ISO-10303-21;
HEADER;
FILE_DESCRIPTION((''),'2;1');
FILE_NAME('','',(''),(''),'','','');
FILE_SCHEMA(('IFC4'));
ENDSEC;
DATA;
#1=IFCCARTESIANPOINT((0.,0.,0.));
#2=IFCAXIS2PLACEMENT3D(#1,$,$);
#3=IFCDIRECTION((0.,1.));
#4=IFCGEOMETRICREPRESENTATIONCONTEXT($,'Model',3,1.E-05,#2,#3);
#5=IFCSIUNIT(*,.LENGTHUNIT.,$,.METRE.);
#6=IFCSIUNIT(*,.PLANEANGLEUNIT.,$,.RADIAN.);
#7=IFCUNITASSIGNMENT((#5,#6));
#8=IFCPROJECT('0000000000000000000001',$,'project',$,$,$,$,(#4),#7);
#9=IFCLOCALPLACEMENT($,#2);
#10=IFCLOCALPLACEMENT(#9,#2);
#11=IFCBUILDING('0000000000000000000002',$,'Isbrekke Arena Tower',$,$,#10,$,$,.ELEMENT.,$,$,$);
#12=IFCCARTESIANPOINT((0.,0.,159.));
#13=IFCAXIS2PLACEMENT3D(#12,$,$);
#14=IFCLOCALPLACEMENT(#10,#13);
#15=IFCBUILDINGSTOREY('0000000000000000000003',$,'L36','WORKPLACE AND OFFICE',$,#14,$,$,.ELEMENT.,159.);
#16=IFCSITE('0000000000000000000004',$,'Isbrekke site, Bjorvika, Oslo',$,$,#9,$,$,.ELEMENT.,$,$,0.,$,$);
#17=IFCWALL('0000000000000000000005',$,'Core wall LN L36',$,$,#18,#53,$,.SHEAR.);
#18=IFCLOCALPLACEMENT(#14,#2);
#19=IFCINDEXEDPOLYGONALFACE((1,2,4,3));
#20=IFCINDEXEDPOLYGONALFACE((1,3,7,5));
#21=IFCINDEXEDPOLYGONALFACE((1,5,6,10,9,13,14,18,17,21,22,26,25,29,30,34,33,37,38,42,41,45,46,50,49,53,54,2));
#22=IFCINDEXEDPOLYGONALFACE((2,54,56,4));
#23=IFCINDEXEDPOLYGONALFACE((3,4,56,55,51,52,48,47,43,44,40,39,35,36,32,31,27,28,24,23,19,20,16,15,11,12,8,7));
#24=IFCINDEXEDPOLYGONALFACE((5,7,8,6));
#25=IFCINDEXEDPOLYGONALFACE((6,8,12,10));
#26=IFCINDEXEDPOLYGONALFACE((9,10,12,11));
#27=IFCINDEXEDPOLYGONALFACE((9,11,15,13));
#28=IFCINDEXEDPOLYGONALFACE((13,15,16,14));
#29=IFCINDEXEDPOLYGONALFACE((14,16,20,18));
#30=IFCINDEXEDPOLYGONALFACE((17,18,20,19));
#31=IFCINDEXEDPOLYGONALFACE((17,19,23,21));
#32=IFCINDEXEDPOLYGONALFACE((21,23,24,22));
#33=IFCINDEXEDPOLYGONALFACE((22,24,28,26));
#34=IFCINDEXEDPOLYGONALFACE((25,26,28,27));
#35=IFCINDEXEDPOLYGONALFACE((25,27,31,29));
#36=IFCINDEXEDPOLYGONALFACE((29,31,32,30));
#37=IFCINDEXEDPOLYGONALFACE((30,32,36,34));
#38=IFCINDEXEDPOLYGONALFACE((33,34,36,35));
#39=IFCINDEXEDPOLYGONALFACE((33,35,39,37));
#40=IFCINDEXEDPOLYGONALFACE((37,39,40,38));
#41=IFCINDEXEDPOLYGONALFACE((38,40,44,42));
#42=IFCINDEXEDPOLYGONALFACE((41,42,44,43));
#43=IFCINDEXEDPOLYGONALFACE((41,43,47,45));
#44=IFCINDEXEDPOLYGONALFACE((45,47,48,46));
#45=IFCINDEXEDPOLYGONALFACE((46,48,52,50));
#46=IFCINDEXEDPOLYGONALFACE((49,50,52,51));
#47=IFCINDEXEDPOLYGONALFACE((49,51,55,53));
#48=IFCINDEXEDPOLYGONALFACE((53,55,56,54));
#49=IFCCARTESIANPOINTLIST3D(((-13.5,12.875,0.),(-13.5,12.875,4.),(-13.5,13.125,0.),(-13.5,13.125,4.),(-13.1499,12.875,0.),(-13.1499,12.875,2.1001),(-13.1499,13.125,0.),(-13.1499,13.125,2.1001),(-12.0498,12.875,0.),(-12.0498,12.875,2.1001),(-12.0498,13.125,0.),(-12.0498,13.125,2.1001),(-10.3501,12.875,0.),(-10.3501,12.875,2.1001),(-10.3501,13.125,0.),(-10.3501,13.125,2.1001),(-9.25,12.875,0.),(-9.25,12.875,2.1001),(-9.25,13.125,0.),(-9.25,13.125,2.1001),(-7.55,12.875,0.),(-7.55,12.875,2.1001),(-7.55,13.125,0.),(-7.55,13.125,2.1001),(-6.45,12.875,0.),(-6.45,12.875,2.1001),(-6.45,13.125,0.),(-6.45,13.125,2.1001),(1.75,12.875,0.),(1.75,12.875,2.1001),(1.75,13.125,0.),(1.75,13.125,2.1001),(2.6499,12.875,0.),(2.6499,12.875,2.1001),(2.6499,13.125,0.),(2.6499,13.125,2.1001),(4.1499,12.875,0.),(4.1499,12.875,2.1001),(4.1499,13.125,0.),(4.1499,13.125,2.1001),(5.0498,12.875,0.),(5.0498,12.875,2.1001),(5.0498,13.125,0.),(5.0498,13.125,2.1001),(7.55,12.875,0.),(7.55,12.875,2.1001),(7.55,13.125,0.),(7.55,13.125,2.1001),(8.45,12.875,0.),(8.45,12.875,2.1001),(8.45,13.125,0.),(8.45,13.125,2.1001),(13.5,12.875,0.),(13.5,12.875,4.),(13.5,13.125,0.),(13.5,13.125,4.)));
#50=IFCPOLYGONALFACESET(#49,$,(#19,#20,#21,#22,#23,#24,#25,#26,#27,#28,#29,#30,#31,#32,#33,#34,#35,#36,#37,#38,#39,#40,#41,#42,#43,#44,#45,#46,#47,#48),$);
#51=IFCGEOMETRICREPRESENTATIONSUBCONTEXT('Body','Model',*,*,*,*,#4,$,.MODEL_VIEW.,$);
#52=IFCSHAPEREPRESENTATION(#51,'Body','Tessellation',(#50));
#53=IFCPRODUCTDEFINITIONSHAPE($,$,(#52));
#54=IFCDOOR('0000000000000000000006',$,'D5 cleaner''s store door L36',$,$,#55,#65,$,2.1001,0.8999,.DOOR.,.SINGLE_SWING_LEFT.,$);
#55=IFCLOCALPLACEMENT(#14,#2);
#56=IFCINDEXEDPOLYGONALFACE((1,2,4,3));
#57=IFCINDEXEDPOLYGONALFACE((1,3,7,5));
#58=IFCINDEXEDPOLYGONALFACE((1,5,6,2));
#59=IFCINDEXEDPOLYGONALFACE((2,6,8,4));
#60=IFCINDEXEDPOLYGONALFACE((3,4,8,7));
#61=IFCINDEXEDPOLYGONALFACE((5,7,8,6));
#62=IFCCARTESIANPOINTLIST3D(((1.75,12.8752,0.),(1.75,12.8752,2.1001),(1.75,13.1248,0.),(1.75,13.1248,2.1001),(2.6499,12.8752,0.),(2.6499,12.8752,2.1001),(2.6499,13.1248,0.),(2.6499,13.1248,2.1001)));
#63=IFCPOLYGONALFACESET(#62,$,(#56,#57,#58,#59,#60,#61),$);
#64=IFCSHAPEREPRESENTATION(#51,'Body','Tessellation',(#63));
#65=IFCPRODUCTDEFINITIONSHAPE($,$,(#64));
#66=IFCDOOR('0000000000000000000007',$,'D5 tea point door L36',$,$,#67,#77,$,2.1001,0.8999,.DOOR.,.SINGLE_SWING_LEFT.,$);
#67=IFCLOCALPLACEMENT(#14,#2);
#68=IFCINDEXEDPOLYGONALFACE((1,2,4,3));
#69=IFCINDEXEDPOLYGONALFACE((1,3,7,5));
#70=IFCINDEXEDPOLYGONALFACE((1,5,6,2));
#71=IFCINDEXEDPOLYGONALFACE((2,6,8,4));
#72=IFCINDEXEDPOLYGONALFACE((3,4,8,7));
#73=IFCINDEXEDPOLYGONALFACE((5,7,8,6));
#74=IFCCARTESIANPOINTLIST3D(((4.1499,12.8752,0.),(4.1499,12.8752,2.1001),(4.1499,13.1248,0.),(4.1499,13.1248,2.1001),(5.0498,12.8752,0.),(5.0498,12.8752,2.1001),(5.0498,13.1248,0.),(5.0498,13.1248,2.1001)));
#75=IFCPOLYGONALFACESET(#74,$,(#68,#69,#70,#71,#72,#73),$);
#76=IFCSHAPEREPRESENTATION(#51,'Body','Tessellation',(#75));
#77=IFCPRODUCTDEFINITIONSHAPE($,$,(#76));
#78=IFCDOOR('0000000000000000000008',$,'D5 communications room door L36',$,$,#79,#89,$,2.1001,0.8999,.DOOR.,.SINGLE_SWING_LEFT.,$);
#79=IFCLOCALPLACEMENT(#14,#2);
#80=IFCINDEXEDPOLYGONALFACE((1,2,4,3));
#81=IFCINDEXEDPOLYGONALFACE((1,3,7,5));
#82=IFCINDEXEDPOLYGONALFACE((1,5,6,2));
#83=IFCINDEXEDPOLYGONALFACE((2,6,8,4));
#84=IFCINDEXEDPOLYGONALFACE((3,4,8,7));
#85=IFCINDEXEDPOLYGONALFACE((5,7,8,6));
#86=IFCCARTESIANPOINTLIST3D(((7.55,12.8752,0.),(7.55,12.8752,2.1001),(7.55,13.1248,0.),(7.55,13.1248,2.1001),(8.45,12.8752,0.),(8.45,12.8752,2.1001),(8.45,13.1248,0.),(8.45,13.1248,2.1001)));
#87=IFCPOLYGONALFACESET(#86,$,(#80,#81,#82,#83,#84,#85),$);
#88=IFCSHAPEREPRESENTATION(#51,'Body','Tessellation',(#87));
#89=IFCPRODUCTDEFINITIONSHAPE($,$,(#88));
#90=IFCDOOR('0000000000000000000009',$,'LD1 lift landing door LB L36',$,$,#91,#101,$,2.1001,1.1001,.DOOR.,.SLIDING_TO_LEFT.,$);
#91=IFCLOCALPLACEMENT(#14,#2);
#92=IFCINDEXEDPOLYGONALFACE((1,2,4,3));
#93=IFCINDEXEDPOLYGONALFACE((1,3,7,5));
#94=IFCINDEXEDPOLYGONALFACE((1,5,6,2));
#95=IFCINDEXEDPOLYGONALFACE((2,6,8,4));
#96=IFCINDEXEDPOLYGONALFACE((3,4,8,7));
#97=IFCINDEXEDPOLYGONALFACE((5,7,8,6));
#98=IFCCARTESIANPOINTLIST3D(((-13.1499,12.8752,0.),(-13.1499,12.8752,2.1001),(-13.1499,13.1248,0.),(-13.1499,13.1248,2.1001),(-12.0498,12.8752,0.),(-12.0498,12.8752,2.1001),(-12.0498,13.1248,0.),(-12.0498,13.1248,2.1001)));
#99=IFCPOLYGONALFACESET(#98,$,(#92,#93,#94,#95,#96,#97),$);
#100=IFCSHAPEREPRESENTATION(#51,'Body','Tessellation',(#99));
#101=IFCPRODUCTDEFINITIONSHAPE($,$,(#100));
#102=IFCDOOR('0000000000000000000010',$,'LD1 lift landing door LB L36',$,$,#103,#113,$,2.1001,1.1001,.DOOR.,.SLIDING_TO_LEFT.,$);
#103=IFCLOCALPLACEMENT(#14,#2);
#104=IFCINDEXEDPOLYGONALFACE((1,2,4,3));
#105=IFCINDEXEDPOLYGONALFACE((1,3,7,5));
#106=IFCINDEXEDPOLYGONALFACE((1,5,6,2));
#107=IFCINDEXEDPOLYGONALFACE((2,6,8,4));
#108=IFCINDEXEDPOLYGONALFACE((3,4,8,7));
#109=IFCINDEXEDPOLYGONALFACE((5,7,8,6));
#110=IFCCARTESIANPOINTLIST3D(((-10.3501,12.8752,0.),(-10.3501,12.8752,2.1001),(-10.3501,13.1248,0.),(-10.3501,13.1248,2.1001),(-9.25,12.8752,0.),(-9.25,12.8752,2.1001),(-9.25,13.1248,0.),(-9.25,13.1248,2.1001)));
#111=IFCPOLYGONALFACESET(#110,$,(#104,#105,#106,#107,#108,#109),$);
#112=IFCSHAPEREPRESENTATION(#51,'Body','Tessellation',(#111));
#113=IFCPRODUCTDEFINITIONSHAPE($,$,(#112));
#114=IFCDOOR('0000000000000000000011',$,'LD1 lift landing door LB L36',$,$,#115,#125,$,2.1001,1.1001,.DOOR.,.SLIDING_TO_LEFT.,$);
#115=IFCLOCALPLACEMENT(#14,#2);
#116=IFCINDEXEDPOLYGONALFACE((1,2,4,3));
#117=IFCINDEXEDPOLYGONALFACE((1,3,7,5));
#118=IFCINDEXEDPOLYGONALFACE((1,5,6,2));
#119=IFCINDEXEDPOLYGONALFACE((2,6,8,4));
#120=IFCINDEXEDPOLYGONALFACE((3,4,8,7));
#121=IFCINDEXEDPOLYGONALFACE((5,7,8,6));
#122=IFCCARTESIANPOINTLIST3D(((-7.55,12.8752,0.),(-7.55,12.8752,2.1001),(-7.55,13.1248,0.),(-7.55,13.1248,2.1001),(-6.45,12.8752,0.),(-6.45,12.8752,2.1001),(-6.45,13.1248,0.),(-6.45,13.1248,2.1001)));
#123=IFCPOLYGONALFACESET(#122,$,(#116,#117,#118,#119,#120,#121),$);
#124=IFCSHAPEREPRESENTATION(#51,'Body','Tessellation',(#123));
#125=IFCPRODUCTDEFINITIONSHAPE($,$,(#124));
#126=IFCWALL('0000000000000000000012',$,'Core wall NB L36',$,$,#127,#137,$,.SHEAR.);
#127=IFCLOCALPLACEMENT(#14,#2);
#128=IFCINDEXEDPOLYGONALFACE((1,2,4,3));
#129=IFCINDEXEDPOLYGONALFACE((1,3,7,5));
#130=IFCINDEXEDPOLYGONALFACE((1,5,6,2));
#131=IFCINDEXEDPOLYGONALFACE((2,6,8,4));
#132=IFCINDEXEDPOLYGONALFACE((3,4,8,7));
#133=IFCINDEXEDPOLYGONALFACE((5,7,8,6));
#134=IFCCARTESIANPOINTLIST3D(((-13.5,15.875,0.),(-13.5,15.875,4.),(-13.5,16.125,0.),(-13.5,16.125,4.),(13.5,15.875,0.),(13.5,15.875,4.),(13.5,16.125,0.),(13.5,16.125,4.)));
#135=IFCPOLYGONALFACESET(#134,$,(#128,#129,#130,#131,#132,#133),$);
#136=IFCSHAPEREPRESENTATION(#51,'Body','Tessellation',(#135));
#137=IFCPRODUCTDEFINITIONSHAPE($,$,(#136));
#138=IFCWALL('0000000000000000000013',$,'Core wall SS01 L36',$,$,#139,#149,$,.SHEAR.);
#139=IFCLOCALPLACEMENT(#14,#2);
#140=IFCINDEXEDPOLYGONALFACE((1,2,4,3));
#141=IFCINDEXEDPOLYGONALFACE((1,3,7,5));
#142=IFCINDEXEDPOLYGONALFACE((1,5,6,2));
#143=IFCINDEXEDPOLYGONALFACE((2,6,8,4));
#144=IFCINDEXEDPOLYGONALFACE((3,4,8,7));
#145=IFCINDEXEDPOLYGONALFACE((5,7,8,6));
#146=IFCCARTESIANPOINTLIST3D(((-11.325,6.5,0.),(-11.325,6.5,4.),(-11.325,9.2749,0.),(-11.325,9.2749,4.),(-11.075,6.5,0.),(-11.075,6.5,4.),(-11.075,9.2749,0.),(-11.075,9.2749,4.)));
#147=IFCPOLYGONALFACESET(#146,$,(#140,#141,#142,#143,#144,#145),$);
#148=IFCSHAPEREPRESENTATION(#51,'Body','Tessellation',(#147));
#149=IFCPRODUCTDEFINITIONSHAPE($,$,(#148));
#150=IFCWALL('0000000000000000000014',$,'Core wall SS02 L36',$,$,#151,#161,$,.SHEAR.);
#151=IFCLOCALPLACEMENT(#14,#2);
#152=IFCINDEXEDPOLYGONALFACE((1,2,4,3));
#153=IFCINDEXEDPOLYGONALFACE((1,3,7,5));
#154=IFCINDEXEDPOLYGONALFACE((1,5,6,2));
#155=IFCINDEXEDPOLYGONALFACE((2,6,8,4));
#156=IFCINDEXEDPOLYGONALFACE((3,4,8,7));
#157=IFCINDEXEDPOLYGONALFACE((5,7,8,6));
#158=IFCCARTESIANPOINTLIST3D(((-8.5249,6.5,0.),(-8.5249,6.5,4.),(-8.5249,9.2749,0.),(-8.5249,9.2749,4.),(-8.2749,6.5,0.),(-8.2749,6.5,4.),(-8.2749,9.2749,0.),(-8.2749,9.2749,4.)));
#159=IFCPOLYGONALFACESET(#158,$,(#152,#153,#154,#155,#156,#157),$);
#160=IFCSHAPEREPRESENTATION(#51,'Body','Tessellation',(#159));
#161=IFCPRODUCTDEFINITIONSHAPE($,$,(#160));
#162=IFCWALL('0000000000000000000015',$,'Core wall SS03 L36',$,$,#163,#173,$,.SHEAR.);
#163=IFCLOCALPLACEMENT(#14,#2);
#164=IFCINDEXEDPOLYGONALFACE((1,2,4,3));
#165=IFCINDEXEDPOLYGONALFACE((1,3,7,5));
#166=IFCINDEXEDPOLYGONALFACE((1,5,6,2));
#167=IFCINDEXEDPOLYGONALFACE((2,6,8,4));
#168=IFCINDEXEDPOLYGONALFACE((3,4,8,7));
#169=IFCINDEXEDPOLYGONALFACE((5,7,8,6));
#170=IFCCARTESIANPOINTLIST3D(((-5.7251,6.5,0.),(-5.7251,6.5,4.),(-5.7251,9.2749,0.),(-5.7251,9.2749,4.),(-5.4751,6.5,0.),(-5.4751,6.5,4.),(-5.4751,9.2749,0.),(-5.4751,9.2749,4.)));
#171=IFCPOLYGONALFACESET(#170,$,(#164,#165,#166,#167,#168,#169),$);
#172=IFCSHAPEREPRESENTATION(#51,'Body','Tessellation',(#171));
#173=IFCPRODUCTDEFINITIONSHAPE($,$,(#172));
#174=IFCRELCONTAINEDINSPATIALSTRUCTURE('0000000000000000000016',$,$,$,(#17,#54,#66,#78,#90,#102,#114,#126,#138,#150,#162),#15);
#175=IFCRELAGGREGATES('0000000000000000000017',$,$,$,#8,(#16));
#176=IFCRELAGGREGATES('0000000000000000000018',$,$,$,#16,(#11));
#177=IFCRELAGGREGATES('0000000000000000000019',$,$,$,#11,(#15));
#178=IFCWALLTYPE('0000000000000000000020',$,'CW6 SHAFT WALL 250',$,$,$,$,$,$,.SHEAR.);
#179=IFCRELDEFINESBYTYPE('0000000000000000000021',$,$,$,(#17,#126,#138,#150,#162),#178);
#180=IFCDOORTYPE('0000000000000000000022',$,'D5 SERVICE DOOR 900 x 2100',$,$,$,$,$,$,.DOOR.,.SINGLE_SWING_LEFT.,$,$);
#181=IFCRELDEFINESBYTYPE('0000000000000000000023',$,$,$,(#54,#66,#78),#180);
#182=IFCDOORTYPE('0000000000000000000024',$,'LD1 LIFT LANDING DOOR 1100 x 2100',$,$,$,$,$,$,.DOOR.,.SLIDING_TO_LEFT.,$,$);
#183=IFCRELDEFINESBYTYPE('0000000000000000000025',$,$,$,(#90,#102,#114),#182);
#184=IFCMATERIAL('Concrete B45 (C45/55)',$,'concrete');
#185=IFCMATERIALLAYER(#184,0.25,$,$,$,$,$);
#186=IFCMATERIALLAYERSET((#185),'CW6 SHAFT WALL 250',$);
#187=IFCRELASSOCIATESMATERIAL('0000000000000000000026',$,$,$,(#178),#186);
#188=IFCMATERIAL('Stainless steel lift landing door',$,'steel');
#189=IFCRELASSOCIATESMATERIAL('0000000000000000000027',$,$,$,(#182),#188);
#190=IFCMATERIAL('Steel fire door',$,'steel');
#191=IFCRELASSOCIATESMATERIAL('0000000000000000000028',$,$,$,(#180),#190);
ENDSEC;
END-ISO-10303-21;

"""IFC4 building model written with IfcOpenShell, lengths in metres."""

from ifc_helpers import new_model, si_unit, direction, frame, frame_2d, origin, place, context, subcontext, project, spatial, rectangle, extrude, material, layer, layer_set, type_object, element, fill, save


model = new_model("IFC4")

# Units and contexts
model_context = context("Model", 3, precision=1e-05, world=origin(), true_north=direction((0.0, 1.0)))
body_context = subcontext(model_context, "Body", "Model", "MODEL_VIEW")
ifc_project = project(units=[si_unit("LENGTHUNIT", "METRE"), si_unit("PLANEANGLEUNIT", "RADIAN")], contexts=[model_context])

# Site, building, storey
site_placement = place(None, origin())
site = spatial("IfcSite", under=ifc_project, at=site_placement, Name="Isbrekke site, Bjorvika, Oslo", CompositionType="ELEMENT", RefElevation=0.0)
building_placement = place(site_placement, origin())
building = spatial("IfcBuilding", under=site, at=building_placement, Name="Isbrekke Arena Tower", CompositionType="ELEMENT")
storey_placement = place(building_placement, frame((0.0, 0.0, 159.0)))
storey = spatial("IfcBuildingStorey", under=building, at=storey_placement, Name="L36", Description="WORKPLACE AND OFFICE", CompositionType="ELEMENT", Elevation=159.0)

# Wall, openings, doors
ifc_material_1 = material(Name="Concrete B45 (C45/55)", Category="concrete")
ifc_layer_1 = layer(ifc_material_1, 0.25)
ifc_layer_set_1 = layer_set([ifc_layer_1], Name="CW6 SHAFT WALL 250")
wall_type_1 = type_object("IfcWallType", Name="CW6 SHAFT WALL 250", PredefinedType="SHEAR", material=ifc_layer_set_1)
ifc_material_2 = material(Name="Stainless steel lift landing door", Category="steel")
door_type_1 = type_object("IfcDoorType", Name="LD1 LIFT LANDING DOOR 1100 x 2100", OperationType="SLIDING_TO_LEFT", PredefinedType="DOOR", material=ifc_material_2)
wall_1_placement = place(storey_placement, frame((-13.5, 13.0, 0.0), z_axis=(0.0, 0.0, 1.0), x_axis=(1.0, 0.0, 0.0)))
wall_1 = element("IfcWall", 1, at=wall_1_placement, inside=storey, type_object=wall_type_1, Name="Core wall LN L36", PredefinedType="SHEAR", context=body_context, shape_type="SweptSolid", body=[
    extrude(rectangle(XDim=27.0, YDim=0.25, at=frame_2d((13.5, 0.0))), origin(), (0.0, 0.0, 1.0), 4.0),
])
opening_1_placement = place(wall_1_placement, frame((0.3501, 0.0, 0.0)))
opening_1 = element("IfcOpeningElement", 2, at=opening_1_placement, cuts=wall_1, PredefinedType="OPENING", context=body_context, shape_type="SweptSolid", body=[
    extrude(rectangle(XDim=1.1001, YDim=2.1001, at=frame_2d((0.55, 1.05))), frame((0.0, 0.1399, 0.0), z_axis=(0.0, -1.0, 0.0), x_axis=(1.0, 0.0, 0.0)), (0.0, 0.0, 1.0), 0.2798),
])
opening_2_placement = place(wall_1_placement, frame((3.1499, 0.0, 0.0)))
opening_2 = element("IfcOpeningElement", 3, at=opening_2_placement, cuts=wall_1, PredefinedType="OPENING", context=body_context, shape_type="SweptSolid", body=[
    extrude(rectangle(XDim=1.1001, YDim=2.1001, at=frame_2d((0.55, 1.05))), frame((0.0, 0.1399, 0.0), z_axis=(0.0, -1.0, 0.0), x_axis=(1.0, 0.0, 0.0)), (0.0, 0.0, 1.0), 0.2798),
])
opening_3_placement = place(wall_1_placement, frame((5.95, 0.0, 0.0)))
opening_3 = element("IfcOpeningElement", 4, at=opening_3_placement, cuts=wall_1, PredefinedType="OPENING", context=body_context, shape_type="SweptSolid", body=[
    extrude(rectangle(XDim=1.1001, YDim=2.1001, at=frame_2d((0.55, 1.05))), frame((0.0, 0.1399, 0.0), z_axis=(0.0, -1.0, 0.0), x_axis=(1.0, 0.0, 0.0)), (0.0, 0.0, 1.0), 0.2798),
])
opening_4_placement = place(wall_1_placement, frame((15.25, 0.0, 0.0)))
opening_4 = element("IfcOpeningElement", 5, at=opening_4_placement, cuts=wall_1, PredefinedType="OPENING", context=body_context, shape_type="SweptSolid", body=[
    extrude(rectangle(XDim=0.8999, YDim=2.1001, at=frame_2d((0.45, 1.05))), frame((0.0, 0.1399, 0.0), z_axis=(0.0, -1.0, 0.0), x_axis=(1.0, 0.0, 0.0)), (0.0, 0.0, 1.0), 0.2798),
])
opening_5_placement = place(wall_1_placement, frame((17.6499, 0.0, 0.0)))
opening_5 = element("IfcOpeningElement", 6, at=opening_5_placement, cuts=wall_1, PredefinedType="OPENING", context=body_context, shape_type="SweptSolid", body=[
    extrude(rectangle(XDim=0.8999, YDim=2.1001, at=frame_2d((0.45, 1.05))), frame((0.0, 0.1399, 0.0), z_axis=(0.0, -1.0, 0.0), x_axis=(1.0, 0.0, 0.0)), (0.0, 0.0, 1.0), 0.2798),
])
opening_6_placement = place(wall_1_placement, frame((21.05, 0.0, 0.0)))
opening_6 = element("IfcOpeningElement", 7, at=opening_6_placement, cuts=wall_1, PredefinedType="OPENING", context=body_context, shape_type="SweptSolid", body=[
    extrude(rectangle(XDim=0.8999, YDim=2.1001, at=frame_2d((0.45, 1.05))), frame((0.0, 0.1399, 0.0), z_axis=(0.0, -1.0, 0.0), x_axis=(1.0, 0.0, 0.0)), (0.0, 0.0, 1.0), 0.2798),
])
ifc_material_3 = material(Name="Steel fire door", Category="steel")
door_type_2 = type_object("IfcDoorType", Name="D5 SERVICE DOOR 900 x 2100", OperationType="SINGLE_SWING_LEFT", PredefinedType="DOOR", material=ifc_material_3)
door_1_placement = place(opening_4_placement, origin())
door_1 = element("IfcDoor", 8, at=door_1_placement, inside=storey, type_object=door_type_2, Name="D5 cleaner's store door L36", OperationType="SINGLE_SWING_LEFT", OverallHeight=2.1001, OverallWidth=0.8999, PredefinedType="DOOR", context=body_context, shape_type="SweptSolid", body=[
    extrude(rectangle(XDim=0.8999, YDim=2.1001, at=frame_2d((0.45, 1.05))), frame((0.0, 0.1248, 0.0), z_axis=(0.0, -1.0, 0.0), x_axis=(1.0, 0.0, 0.0)), (0.0, 0.0, 1.0), 0.2495),
])
fill(opening_4, door_1)
door_2_placement = place(opening_5_placement, origin())
door_2 = element("IfcDoor", 9, at=door_2_placement, inside=storey, type_object=door_type_2, Name="D5 tea point door L36", OperationType="SINGLE_SWING_LEFT", OverallHeight=2.1001, OverallWidth=0.8999, PredefinedType="DOOR", context=body_context, shape_type="SweptSolid", body=[
    extrude(rectangle(XDim=0.8999, YDim=2.1001, at=frame_2d((0.45, 1.05))), frame((0.0, 0.1248, 0.0), z_axis=(0.0, -1.0, 0.0), x_axis=(1.0, 0.0, 0.0)), (0.0, 0.0, 1.0), 0.2495),
])
fill(opening_5, door_2)
door_3_placement = place(opening_6_placement, origin())
door_3 = element("IfcDoor", 10, at=door_3_placement, inside=storey, type_object=door_type_2, Name="D5 communications room door L36", OperationType="SINGLE_SWING_LEFT", OverallHeight=2.1001, OverallWidth=0.8999, PredefinedType="DOOR", context=body_context, shape_type="SweptSolid", body=[
    extrude(rectangle(XDim=0.8999, YDim=2.1001, at=frame_2d((0.45, 1.05))), frame((0.0, 0.1248, 0.0), z_axis=(0.0, -1.0, 0.0), x_axis=(1.0, 0.0, 0.0)), (0.0, 0.0, 1.0), 0.2495),
])
fill(opening_6, door_3)
door_4_placement = place(opening_1_placement, origin())
door_4 = element("IfcDoor", 11, at=door_4_placement, inside=storey, type_object=door_type_1, Name="LD1 lift landing door LB L36", OperationType="SLIDING_TO_LEFT", OverallHeight=2.1001, OverallWidth=1.1001, PredefinedType="DOOR", context=body_context, shape_type="SweptSolid", body=[
    extrude(rectangle(XDim=1.1001, YDim=2.1001, at=frame_2d((0.55, 1.05))), frame((0.0, 0.1248, 0.0), z_axis=(0.0, -1.0, 0.0), x_axis=(1.0, 0.0, 0.0)), (0.0, 0.0, 1.0), 0.2495),
])
fill(opening_1, door_4)
door_5_placement = place(opening_2_placement, origin())
door_5 = element("IfcDoor", 12, at=door_5_placement, inside=storey, type_object=door_type_1, Name="LD1 lift landing door LB L36", OperationType="SLIDING_TO_LEFT", OverallHeight=2.1001, OverallWidth=1.1001, PredefinedType="DOOR", context=body_context, shape_type="SweptSolid", body=[
    extrude(rectangle(XDim=1.1001, YDim=2.1001, at=frame_2d((0.55, 1.05))), frame((0.0, 0.1248, 0.0), z_axis=(0.0, -1.0, 0.0), x_axis=(1.0, 0.0, 0.0)), (0.0, 0.0, 1.0), 0.2495),
])
fill(opening_2, door_5)
door_6_placement = place(opening_3_placement, origin())
door_6 = element("IfcDoor", 13, at=door_6_placement, inside=storey, type_object=door_type_1, Name="LD1 lift landing door LB L36", OperationType="SLIDING_TO_LEFT", OverallHeight=2.1001, OverallWidth=1.1001, PredefinedType="DOOR", context=body_context, shape_type="SweptSolid", body=[
    extrude(rectangle(XDim=1.1001, YDim=2.1001, at=frame_2d((0.55, 1.05))), frame((0.0, 0.1248, 0.0), z_axis=(0.0, -1.0, 0.0), x_axis=(1.0, 0.0, 0.0)), (0.0, 0.0, 1.0), 0.2495),
])
fill(opening_3, door_6)

# Walls
wall_2_placement = place(storey_placement, frame((-13.5, 16.0, 0.0), z_axis=(0.0, 0.0, 1.0), x_axis=(1.0, 0.0, 0.0)))
element("IfcWall", 14, at=wall_2_placement, inside=storey, type_object=wall_type_1, Name="Core wall NB L36", PredefinedType="SHEAR", context=body_context, shape_type="SweptSolid", body=[
    extrude(rectangle(XDim=27.0, YDim=0.25, at=frame_2d((13.5, 0.0))), origin(), (0.0, 0.0, 1.0), 4.0),
])
for number, where, z_axis, x_axis, name in (
    (15, (-11.2, 6.5, 0.0), (0.0, 0.0, 1.0), (0.0, 1.0, 0.0), "Core wall SS01 L36"),
    (16, (-8.3999, 6.5, 0.0), (0.0, 0.0, 1.0), (0.0, 1.0, 0.0), "Core wall SS02 L36"),
    (17, (-5.6001, 6.5, 0.0), (0.0, 0.0, 1.0), (0.0, 1.0, 0.0), "Core wall SS03 L36"),
):
    element("IfcWall", number, at=place(storey_placement, frame(where, z_axis=z_axis, x_axis=x_axis)), inside=storey, type_object=wall_type_1, Name=name, PredefinedType="SHEAR", context=body_context, shape_type="SweptSolid", body=[
        extrude(rectangle(XDim=2.7749, YDim=0.25, at=frame_2d((1.3875, 0.0))), origin(), (0.0, 0.0, 1.0), 4.0),
    ])

save(model, "model.ifc")
